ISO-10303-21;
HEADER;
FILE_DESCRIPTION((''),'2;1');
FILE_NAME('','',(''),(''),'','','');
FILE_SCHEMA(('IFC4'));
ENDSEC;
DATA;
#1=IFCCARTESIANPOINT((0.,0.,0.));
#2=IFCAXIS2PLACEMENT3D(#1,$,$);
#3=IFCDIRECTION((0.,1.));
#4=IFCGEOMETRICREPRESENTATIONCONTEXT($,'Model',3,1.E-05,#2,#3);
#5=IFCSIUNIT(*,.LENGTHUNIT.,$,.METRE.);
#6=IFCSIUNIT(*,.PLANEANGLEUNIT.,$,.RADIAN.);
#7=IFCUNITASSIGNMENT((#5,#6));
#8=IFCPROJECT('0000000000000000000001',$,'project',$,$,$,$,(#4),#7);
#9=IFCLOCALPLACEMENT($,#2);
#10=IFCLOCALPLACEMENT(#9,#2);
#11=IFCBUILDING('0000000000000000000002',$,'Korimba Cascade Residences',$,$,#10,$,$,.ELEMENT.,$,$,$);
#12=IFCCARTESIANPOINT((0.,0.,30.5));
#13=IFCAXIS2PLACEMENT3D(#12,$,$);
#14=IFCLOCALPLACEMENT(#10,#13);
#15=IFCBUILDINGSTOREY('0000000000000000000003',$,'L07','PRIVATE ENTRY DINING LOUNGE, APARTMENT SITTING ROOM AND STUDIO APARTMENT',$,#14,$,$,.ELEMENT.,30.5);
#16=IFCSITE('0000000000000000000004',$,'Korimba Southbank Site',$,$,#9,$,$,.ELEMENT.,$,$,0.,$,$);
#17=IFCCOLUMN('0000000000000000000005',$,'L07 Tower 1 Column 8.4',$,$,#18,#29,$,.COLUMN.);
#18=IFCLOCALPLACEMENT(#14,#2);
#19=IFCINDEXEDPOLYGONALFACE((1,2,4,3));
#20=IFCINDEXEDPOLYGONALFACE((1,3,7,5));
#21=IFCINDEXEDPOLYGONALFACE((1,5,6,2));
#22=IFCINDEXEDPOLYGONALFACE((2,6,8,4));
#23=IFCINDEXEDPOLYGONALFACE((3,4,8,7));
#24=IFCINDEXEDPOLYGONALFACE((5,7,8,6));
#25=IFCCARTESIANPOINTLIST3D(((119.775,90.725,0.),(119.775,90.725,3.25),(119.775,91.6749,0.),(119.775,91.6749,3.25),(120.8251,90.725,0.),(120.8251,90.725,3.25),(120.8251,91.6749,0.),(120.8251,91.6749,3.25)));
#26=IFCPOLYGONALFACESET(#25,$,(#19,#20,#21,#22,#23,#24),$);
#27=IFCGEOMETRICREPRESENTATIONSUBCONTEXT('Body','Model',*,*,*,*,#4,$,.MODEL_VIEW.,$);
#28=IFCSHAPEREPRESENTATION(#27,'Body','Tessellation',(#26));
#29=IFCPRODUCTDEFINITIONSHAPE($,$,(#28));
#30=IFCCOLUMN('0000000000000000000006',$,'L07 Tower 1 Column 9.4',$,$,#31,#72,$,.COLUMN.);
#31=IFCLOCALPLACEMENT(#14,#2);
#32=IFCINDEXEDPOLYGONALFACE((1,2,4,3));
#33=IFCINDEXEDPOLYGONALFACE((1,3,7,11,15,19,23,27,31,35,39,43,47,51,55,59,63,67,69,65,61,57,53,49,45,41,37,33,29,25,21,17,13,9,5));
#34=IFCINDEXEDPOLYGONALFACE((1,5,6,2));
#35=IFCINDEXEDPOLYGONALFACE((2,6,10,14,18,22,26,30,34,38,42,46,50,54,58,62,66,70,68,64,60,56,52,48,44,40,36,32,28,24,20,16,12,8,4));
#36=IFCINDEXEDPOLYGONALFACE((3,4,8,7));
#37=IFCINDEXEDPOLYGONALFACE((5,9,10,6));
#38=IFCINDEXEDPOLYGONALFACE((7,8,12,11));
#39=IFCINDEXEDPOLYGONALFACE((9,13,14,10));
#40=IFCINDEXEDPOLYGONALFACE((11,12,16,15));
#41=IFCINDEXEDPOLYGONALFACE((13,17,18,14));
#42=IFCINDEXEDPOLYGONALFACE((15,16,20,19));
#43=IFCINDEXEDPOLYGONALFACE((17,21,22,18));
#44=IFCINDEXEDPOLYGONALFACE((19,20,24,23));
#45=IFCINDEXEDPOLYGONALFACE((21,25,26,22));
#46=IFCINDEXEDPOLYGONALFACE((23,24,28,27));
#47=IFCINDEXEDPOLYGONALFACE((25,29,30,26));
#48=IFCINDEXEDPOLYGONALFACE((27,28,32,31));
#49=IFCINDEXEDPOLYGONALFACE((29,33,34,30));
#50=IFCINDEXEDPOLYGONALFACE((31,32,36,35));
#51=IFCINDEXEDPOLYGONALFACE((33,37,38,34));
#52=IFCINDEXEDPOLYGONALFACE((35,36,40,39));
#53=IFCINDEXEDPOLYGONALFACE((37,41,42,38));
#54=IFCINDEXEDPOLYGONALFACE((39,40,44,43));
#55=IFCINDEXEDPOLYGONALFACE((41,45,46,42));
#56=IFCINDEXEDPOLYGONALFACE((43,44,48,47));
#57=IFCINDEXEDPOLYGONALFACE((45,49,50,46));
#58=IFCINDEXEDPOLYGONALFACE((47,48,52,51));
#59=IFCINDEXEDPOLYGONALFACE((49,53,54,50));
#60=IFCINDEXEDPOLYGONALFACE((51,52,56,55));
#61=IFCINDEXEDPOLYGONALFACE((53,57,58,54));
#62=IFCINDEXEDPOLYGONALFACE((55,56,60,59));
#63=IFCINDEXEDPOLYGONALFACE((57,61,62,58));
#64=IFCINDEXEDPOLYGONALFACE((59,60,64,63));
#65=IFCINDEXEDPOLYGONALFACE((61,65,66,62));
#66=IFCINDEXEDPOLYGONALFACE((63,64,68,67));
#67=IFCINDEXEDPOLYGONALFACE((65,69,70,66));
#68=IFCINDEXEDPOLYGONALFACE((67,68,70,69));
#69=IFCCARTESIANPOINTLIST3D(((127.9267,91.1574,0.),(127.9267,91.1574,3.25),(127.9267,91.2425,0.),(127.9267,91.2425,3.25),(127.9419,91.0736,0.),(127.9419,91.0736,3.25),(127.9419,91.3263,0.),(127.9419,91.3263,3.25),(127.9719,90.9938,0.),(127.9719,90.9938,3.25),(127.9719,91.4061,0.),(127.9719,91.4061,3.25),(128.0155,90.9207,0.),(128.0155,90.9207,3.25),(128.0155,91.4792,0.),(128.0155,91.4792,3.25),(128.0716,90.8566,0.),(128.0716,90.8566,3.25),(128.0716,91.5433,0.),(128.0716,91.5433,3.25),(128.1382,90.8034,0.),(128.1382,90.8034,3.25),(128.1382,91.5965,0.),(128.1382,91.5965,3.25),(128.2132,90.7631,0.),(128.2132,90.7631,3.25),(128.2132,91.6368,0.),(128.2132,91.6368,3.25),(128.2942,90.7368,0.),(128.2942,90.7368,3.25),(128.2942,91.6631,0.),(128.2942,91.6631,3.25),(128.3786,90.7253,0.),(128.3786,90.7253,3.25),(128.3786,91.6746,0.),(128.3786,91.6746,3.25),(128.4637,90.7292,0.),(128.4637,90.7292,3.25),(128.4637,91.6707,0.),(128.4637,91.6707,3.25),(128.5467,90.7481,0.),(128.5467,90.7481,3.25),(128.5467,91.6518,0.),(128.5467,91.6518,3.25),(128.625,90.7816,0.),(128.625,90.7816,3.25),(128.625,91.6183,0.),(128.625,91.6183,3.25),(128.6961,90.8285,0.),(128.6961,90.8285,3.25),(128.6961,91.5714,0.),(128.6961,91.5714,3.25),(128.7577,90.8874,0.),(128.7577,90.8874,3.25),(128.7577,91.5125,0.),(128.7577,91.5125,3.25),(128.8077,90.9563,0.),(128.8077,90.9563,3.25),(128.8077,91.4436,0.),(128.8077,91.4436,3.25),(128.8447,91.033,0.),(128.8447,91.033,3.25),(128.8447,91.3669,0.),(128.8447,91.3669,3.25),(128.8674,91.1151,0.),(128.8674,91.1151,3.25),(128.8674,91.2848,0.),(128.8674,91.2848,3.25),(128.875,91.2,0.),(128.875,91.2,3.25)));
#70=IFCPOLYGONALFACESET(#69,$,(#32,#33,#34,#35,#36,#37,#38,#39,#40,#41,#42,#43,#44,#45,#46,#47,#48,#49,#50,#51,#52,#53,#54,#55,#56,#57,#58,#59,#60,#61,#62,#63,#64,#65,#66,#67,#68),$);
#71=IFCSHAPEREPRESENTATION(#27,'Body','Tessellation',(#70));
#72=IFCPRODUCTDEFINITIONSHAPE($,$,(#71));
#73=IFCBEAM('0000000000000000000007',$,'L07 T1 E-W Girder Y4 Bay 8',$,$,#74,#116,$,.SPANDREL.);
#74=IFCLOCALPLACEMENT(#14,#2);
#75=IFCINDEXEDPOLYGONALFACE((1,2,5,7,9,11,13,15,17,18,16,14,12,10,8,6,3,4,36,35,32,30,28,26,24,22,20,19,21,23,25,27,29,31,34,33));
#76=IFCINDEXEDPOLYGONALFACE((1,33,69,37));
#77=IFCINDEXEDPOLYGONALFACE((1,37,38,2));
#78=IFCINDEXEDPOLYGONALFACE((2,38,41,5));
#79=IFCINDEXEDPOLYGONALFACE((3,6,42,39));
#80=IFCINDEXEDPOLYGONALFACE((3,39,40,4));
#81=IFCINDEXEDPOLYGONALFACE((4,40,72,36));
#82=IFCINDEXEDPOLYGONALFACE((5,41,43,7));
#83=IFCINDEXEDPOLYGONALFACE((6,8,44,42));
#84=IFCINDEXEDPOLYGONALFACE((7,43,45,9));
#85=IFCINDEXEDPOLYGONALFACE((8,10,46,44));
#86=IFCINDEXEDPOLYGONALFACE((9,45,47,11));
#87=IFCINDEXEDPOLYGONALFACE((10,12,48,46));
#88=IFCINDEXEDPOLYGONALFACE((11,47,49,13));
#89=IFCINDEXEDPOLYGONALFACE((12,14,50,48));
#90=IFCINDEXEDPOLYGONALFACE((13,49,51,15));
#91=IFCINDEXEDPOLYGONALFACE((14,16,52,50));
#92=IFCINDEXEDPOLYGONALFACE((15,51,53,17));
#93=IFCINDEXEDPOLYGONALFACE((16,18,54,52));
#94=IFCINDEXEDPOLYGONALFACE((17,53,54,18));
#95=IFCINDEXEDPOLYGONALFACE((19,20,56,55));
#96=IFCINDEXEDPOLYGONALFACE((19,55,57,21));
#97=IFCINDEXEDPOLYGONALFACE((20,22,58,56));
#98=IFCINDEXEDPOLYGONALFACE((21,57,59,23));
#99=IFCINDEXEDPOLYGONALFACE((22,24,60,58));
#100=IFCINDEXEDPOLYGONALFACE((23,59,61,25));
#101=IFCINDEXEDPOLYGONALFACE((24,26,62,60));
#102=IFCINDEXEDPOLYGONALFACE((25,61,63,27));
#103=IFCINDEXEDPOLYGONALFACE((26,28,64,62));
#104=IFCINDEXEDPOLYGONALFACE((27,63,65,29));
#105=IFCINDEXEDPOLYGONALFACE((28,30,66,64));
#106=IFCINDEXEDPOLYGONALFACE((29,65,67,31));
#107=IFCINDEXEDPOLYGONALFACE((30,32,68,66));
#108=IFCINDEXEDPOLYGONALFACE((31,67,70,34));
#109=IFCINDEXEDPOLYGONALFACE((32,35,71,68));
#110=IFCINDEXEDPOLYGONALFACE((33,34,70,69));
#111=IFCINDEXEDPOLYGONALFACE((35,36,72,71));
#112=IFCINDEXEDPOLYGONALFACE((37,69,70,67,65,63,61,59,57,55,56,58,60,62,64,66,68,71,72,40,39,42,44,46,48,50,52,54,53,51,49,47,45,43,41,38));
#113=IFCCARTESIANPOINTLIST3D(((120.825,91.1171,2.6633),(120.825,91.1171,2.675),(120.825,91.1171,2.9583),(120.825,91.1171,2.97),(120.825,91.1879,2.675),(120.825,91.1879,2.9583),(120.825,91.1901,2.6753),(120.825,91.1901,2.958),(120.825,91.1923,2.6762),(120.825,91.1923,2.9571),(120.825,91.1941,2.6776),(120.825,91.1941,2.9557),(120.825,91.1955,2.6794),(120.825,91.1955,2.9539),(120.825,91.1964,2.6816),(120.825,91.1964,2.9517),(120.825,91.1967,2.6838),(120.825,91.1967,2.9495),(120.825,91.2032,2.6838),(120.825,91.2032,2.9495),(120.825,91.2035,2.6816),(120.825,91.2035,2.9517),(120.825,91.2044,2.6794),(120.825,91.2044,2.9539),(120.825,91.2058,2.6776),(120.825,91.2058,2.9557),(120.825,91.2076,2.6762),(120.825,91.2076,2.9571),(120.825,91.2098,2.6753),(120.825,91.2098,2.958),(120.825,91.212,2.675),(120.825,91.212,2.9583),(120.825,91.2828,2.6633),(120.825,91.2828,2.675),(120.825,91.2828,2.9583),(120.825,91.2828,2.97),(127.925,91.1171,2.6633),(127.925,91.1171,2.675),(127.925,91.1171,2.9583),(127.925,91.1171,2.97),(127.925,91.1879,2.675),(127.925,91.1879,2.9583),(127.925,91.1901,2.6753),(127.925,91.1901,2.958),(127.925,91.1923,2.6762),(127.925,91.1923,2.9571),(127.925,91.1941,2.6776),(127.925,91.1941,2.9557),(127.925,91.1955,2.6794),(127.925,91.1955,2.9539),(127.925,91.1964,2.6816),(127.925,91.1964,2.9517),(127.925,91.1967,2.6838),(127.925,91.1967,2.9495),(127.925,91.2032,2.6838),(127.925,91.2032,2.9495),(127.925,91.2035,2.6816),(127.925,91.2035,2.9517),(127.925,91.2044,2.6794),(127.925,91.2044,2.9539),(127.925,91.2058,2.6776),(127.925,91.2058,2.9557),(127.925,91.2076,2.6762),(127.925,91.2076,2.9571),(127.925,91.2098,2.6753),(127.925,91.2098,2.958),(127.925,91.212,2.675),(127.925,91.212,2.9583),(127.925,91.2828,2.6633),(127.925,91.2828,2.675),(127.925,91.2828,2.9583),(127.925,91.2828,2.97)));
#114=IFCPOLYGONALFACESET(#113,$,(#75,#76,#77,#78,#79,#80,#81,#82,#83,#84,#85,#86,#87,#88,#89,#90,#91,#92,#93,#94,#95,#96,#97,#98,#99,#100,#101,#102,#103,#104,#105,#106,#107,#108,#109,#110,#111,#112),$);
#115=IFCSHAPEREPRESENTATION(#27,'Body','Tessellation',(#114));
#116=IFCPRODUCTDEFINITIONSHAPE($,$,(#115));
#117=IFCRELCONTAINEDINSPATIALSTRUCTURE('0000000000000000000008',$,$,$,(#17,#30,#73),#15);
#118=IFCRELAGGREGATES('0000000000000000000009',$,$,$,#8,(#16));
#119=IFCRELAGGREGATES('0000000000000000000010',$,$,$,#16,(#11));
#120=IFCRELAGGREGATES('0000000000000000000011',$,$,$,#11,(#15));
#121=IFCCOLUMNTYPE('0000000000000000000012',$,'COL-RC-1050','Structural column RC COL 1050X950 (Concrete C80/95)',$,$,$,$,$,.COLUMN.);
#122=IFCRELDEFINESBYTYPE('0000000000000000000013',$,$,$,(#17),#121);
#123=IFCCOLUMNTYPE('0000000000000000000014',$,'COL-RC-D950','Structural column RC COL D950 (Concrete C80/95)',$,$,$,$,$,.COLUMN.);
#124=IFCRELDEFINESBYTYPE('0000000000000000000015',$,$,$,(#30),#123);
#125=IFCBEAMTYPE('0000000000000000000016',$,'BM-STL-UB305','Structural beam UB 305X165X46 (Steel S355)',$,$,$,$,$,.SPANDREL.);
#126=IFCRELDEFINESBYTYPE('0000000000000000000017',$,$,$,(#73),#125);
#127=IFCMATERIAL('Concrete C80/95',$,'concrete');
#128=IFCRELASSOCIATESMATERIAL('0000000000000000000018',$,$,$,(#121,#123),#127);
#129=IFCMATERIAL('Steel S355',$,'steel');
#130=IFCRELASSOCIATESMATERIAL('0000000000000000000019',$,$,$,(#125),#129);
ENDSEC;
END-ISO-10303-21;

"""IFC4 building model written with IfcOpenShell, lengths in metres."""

from ifc_helpers import new_model, si_unit, direction, frame, origin, origin_2d, place, context, subcontext, project, spatial, rectangle, circle, i_section, extrude, material, material_profile, profile_set, type_object, element, save


model = new_model("IFC4")

# Units and contexts
model_context = context("Model", 3, precision=1e-05, world=origin(), true_north=direction((0.0, 1.0)))
body_context = subcontext(model_context, "Body", "Model", "MODEL_VIEW")
ifc_project = project(units=[si_unit("LENGTHUNIT", "METRE"), si_unit("PLANEANGLEUNIT", "RADIAN")], contexts=[model_context])

# Site, building, storey
site_placement = place(None, origin())
site = spatial("IfcSite", under=ifc_project, at=site_placement, Name="Korimba Southbank Site", CompositionType="ELEMENT", RefElevation=0.0)
building_placement = place(site_placement, origin())
building = spatial("IfcBuilding", under=site, at=building_placement, Name="Korimba Cascade Residences", CompositionType="ELEMENT")
storey_placement = place(building_placement, frame((0.0, 0.0, 30.5)))
storey = spatial("IfcBuildingStorey", under=building, at=storey_placement, Name="L07", Description="PRIVATE ENTRY DINING LOUNGE, APARTMENT SITTING ROOM AND STUDIO APARTMENT", CompositionType="ELEMENT", Elevation=30.5)

# Columns
ifc_material_1 = material(Name="Concrete C80/95", Category="concrete")
ifc_material_profile_1 = material_profile(ifc_material_1, rectangle(XDim=1.05, YDim=0.95, at=origin_2d()), Name="Concrete C80/95")
ifc_profile_set_1 = profile_set([ifc_material_profile_1], Name="Concrete C80/95")
column_type_1 = type_object("IfcColumnType", Name="COL-RC-1050", Description="Structural column RC COL 1050X950 (Concrete C80/95)", PredefinedType="COLUMN", material=ifc_profile_set_1)
column_1_placement = place(storey_placement, frame((120.3, 91.2, 0.0), z_axis=(0.0, 0.0, 1.0), x_axis=(1.0, 0.0, 0.0)))
element("IfcColumn", 1, at=column_1_placement, inside=storey, type_object=column_type_1, Name="L07 Tower 1 Column 8.4", PredefinedType="COLUMN", context=body_context, shape_type="SweptSolid", body=[
    extrude(rectangle(XDim=1.05, YDim=0.95, at=origin_2d()), origin(), (0.0, 0.0, 1.0), 3.25),
])
ifc_material_profile_2 = material_profile(ifc_material_1, circle(Radius=0.4751, at=origin_2d()), Name="Concrete C80/95")
ifc_profile_set_2 = profile_set([ifc_material_profile_2], Name="Concrete C80/95")
column_type_2 = type_object("IfcColumnType", Name="COL-RC-D950", Description="Structural column RC COL D950 (Concrete C80/95)", PredefinedType="COLUMN", material=ifc_profile_set_2)
column_2_placement = place(storey_placement, frame((128.3999, 91.2, 0.0), z_axis=(0.0, 0.0, 1.0), x_axis=(1.0, 0.0, 0.0)))
element("IfcColumn", 2, at=column_2_placement, inside=storey, type_object=column_type_2, Name="L07 Tower 1 Column 9.4", PredefinedType="COLUMN", context=body_context, shape_type="SweptSolid", body=[
    extrude(circle(Radius=0.4751, at=origin_2d()), origin(), (0.0, 0.0, 1.0), 3.25),
])

# Beam
ifc_material_2 = material(Name="Steel S355", Category="steel")
ifc_material_profile_3 = material_profile(ifc_material_2, i_section(OverallWidth=0.1658, OverallDepth=0.3066, WebThickness=0.0066, FlangeThickness=0.0117, FilletRadius=0.0088, at=origin_2d()), Name="Steel S355")
ifc_profile_set_3 = profile_set([ifc_material_profile_3], Name="Steel S355")
beam_type = type_object("IfcBeamType", Name="BM-STL-UB305", Description="Structural beam UB 305X165X46 (Steel S355)", PredefinedType="SPANDREL", material=ifc_profile_set_3)
beam_placement = place(storey_placement, frame((120.825, 91.2, 2.8167), z_axis=(1.0, 0.0, 0.0), x_axis=(0.0, 1.0, 0.0)))
element("IfcBeam", 3, at=beam_placement, inside=storey, type_object=beam_type, Name="L07 T1 E-W Girder Y4 Bay 8", PredefinedType="SPANDREL", context=body_context, shape_type="SweptSolid", body=[
    extrude(i_section(OverallWidth=0.1658, OverallDepth=0.3066, WebThickness=0.0066, FlangeThickness=0.0117, FilletRadius=0.0088, at=origin_2d()), origin(), (0.0, 0.0, 1.0), 7.1001),
])

save(model, "model.ifc")
